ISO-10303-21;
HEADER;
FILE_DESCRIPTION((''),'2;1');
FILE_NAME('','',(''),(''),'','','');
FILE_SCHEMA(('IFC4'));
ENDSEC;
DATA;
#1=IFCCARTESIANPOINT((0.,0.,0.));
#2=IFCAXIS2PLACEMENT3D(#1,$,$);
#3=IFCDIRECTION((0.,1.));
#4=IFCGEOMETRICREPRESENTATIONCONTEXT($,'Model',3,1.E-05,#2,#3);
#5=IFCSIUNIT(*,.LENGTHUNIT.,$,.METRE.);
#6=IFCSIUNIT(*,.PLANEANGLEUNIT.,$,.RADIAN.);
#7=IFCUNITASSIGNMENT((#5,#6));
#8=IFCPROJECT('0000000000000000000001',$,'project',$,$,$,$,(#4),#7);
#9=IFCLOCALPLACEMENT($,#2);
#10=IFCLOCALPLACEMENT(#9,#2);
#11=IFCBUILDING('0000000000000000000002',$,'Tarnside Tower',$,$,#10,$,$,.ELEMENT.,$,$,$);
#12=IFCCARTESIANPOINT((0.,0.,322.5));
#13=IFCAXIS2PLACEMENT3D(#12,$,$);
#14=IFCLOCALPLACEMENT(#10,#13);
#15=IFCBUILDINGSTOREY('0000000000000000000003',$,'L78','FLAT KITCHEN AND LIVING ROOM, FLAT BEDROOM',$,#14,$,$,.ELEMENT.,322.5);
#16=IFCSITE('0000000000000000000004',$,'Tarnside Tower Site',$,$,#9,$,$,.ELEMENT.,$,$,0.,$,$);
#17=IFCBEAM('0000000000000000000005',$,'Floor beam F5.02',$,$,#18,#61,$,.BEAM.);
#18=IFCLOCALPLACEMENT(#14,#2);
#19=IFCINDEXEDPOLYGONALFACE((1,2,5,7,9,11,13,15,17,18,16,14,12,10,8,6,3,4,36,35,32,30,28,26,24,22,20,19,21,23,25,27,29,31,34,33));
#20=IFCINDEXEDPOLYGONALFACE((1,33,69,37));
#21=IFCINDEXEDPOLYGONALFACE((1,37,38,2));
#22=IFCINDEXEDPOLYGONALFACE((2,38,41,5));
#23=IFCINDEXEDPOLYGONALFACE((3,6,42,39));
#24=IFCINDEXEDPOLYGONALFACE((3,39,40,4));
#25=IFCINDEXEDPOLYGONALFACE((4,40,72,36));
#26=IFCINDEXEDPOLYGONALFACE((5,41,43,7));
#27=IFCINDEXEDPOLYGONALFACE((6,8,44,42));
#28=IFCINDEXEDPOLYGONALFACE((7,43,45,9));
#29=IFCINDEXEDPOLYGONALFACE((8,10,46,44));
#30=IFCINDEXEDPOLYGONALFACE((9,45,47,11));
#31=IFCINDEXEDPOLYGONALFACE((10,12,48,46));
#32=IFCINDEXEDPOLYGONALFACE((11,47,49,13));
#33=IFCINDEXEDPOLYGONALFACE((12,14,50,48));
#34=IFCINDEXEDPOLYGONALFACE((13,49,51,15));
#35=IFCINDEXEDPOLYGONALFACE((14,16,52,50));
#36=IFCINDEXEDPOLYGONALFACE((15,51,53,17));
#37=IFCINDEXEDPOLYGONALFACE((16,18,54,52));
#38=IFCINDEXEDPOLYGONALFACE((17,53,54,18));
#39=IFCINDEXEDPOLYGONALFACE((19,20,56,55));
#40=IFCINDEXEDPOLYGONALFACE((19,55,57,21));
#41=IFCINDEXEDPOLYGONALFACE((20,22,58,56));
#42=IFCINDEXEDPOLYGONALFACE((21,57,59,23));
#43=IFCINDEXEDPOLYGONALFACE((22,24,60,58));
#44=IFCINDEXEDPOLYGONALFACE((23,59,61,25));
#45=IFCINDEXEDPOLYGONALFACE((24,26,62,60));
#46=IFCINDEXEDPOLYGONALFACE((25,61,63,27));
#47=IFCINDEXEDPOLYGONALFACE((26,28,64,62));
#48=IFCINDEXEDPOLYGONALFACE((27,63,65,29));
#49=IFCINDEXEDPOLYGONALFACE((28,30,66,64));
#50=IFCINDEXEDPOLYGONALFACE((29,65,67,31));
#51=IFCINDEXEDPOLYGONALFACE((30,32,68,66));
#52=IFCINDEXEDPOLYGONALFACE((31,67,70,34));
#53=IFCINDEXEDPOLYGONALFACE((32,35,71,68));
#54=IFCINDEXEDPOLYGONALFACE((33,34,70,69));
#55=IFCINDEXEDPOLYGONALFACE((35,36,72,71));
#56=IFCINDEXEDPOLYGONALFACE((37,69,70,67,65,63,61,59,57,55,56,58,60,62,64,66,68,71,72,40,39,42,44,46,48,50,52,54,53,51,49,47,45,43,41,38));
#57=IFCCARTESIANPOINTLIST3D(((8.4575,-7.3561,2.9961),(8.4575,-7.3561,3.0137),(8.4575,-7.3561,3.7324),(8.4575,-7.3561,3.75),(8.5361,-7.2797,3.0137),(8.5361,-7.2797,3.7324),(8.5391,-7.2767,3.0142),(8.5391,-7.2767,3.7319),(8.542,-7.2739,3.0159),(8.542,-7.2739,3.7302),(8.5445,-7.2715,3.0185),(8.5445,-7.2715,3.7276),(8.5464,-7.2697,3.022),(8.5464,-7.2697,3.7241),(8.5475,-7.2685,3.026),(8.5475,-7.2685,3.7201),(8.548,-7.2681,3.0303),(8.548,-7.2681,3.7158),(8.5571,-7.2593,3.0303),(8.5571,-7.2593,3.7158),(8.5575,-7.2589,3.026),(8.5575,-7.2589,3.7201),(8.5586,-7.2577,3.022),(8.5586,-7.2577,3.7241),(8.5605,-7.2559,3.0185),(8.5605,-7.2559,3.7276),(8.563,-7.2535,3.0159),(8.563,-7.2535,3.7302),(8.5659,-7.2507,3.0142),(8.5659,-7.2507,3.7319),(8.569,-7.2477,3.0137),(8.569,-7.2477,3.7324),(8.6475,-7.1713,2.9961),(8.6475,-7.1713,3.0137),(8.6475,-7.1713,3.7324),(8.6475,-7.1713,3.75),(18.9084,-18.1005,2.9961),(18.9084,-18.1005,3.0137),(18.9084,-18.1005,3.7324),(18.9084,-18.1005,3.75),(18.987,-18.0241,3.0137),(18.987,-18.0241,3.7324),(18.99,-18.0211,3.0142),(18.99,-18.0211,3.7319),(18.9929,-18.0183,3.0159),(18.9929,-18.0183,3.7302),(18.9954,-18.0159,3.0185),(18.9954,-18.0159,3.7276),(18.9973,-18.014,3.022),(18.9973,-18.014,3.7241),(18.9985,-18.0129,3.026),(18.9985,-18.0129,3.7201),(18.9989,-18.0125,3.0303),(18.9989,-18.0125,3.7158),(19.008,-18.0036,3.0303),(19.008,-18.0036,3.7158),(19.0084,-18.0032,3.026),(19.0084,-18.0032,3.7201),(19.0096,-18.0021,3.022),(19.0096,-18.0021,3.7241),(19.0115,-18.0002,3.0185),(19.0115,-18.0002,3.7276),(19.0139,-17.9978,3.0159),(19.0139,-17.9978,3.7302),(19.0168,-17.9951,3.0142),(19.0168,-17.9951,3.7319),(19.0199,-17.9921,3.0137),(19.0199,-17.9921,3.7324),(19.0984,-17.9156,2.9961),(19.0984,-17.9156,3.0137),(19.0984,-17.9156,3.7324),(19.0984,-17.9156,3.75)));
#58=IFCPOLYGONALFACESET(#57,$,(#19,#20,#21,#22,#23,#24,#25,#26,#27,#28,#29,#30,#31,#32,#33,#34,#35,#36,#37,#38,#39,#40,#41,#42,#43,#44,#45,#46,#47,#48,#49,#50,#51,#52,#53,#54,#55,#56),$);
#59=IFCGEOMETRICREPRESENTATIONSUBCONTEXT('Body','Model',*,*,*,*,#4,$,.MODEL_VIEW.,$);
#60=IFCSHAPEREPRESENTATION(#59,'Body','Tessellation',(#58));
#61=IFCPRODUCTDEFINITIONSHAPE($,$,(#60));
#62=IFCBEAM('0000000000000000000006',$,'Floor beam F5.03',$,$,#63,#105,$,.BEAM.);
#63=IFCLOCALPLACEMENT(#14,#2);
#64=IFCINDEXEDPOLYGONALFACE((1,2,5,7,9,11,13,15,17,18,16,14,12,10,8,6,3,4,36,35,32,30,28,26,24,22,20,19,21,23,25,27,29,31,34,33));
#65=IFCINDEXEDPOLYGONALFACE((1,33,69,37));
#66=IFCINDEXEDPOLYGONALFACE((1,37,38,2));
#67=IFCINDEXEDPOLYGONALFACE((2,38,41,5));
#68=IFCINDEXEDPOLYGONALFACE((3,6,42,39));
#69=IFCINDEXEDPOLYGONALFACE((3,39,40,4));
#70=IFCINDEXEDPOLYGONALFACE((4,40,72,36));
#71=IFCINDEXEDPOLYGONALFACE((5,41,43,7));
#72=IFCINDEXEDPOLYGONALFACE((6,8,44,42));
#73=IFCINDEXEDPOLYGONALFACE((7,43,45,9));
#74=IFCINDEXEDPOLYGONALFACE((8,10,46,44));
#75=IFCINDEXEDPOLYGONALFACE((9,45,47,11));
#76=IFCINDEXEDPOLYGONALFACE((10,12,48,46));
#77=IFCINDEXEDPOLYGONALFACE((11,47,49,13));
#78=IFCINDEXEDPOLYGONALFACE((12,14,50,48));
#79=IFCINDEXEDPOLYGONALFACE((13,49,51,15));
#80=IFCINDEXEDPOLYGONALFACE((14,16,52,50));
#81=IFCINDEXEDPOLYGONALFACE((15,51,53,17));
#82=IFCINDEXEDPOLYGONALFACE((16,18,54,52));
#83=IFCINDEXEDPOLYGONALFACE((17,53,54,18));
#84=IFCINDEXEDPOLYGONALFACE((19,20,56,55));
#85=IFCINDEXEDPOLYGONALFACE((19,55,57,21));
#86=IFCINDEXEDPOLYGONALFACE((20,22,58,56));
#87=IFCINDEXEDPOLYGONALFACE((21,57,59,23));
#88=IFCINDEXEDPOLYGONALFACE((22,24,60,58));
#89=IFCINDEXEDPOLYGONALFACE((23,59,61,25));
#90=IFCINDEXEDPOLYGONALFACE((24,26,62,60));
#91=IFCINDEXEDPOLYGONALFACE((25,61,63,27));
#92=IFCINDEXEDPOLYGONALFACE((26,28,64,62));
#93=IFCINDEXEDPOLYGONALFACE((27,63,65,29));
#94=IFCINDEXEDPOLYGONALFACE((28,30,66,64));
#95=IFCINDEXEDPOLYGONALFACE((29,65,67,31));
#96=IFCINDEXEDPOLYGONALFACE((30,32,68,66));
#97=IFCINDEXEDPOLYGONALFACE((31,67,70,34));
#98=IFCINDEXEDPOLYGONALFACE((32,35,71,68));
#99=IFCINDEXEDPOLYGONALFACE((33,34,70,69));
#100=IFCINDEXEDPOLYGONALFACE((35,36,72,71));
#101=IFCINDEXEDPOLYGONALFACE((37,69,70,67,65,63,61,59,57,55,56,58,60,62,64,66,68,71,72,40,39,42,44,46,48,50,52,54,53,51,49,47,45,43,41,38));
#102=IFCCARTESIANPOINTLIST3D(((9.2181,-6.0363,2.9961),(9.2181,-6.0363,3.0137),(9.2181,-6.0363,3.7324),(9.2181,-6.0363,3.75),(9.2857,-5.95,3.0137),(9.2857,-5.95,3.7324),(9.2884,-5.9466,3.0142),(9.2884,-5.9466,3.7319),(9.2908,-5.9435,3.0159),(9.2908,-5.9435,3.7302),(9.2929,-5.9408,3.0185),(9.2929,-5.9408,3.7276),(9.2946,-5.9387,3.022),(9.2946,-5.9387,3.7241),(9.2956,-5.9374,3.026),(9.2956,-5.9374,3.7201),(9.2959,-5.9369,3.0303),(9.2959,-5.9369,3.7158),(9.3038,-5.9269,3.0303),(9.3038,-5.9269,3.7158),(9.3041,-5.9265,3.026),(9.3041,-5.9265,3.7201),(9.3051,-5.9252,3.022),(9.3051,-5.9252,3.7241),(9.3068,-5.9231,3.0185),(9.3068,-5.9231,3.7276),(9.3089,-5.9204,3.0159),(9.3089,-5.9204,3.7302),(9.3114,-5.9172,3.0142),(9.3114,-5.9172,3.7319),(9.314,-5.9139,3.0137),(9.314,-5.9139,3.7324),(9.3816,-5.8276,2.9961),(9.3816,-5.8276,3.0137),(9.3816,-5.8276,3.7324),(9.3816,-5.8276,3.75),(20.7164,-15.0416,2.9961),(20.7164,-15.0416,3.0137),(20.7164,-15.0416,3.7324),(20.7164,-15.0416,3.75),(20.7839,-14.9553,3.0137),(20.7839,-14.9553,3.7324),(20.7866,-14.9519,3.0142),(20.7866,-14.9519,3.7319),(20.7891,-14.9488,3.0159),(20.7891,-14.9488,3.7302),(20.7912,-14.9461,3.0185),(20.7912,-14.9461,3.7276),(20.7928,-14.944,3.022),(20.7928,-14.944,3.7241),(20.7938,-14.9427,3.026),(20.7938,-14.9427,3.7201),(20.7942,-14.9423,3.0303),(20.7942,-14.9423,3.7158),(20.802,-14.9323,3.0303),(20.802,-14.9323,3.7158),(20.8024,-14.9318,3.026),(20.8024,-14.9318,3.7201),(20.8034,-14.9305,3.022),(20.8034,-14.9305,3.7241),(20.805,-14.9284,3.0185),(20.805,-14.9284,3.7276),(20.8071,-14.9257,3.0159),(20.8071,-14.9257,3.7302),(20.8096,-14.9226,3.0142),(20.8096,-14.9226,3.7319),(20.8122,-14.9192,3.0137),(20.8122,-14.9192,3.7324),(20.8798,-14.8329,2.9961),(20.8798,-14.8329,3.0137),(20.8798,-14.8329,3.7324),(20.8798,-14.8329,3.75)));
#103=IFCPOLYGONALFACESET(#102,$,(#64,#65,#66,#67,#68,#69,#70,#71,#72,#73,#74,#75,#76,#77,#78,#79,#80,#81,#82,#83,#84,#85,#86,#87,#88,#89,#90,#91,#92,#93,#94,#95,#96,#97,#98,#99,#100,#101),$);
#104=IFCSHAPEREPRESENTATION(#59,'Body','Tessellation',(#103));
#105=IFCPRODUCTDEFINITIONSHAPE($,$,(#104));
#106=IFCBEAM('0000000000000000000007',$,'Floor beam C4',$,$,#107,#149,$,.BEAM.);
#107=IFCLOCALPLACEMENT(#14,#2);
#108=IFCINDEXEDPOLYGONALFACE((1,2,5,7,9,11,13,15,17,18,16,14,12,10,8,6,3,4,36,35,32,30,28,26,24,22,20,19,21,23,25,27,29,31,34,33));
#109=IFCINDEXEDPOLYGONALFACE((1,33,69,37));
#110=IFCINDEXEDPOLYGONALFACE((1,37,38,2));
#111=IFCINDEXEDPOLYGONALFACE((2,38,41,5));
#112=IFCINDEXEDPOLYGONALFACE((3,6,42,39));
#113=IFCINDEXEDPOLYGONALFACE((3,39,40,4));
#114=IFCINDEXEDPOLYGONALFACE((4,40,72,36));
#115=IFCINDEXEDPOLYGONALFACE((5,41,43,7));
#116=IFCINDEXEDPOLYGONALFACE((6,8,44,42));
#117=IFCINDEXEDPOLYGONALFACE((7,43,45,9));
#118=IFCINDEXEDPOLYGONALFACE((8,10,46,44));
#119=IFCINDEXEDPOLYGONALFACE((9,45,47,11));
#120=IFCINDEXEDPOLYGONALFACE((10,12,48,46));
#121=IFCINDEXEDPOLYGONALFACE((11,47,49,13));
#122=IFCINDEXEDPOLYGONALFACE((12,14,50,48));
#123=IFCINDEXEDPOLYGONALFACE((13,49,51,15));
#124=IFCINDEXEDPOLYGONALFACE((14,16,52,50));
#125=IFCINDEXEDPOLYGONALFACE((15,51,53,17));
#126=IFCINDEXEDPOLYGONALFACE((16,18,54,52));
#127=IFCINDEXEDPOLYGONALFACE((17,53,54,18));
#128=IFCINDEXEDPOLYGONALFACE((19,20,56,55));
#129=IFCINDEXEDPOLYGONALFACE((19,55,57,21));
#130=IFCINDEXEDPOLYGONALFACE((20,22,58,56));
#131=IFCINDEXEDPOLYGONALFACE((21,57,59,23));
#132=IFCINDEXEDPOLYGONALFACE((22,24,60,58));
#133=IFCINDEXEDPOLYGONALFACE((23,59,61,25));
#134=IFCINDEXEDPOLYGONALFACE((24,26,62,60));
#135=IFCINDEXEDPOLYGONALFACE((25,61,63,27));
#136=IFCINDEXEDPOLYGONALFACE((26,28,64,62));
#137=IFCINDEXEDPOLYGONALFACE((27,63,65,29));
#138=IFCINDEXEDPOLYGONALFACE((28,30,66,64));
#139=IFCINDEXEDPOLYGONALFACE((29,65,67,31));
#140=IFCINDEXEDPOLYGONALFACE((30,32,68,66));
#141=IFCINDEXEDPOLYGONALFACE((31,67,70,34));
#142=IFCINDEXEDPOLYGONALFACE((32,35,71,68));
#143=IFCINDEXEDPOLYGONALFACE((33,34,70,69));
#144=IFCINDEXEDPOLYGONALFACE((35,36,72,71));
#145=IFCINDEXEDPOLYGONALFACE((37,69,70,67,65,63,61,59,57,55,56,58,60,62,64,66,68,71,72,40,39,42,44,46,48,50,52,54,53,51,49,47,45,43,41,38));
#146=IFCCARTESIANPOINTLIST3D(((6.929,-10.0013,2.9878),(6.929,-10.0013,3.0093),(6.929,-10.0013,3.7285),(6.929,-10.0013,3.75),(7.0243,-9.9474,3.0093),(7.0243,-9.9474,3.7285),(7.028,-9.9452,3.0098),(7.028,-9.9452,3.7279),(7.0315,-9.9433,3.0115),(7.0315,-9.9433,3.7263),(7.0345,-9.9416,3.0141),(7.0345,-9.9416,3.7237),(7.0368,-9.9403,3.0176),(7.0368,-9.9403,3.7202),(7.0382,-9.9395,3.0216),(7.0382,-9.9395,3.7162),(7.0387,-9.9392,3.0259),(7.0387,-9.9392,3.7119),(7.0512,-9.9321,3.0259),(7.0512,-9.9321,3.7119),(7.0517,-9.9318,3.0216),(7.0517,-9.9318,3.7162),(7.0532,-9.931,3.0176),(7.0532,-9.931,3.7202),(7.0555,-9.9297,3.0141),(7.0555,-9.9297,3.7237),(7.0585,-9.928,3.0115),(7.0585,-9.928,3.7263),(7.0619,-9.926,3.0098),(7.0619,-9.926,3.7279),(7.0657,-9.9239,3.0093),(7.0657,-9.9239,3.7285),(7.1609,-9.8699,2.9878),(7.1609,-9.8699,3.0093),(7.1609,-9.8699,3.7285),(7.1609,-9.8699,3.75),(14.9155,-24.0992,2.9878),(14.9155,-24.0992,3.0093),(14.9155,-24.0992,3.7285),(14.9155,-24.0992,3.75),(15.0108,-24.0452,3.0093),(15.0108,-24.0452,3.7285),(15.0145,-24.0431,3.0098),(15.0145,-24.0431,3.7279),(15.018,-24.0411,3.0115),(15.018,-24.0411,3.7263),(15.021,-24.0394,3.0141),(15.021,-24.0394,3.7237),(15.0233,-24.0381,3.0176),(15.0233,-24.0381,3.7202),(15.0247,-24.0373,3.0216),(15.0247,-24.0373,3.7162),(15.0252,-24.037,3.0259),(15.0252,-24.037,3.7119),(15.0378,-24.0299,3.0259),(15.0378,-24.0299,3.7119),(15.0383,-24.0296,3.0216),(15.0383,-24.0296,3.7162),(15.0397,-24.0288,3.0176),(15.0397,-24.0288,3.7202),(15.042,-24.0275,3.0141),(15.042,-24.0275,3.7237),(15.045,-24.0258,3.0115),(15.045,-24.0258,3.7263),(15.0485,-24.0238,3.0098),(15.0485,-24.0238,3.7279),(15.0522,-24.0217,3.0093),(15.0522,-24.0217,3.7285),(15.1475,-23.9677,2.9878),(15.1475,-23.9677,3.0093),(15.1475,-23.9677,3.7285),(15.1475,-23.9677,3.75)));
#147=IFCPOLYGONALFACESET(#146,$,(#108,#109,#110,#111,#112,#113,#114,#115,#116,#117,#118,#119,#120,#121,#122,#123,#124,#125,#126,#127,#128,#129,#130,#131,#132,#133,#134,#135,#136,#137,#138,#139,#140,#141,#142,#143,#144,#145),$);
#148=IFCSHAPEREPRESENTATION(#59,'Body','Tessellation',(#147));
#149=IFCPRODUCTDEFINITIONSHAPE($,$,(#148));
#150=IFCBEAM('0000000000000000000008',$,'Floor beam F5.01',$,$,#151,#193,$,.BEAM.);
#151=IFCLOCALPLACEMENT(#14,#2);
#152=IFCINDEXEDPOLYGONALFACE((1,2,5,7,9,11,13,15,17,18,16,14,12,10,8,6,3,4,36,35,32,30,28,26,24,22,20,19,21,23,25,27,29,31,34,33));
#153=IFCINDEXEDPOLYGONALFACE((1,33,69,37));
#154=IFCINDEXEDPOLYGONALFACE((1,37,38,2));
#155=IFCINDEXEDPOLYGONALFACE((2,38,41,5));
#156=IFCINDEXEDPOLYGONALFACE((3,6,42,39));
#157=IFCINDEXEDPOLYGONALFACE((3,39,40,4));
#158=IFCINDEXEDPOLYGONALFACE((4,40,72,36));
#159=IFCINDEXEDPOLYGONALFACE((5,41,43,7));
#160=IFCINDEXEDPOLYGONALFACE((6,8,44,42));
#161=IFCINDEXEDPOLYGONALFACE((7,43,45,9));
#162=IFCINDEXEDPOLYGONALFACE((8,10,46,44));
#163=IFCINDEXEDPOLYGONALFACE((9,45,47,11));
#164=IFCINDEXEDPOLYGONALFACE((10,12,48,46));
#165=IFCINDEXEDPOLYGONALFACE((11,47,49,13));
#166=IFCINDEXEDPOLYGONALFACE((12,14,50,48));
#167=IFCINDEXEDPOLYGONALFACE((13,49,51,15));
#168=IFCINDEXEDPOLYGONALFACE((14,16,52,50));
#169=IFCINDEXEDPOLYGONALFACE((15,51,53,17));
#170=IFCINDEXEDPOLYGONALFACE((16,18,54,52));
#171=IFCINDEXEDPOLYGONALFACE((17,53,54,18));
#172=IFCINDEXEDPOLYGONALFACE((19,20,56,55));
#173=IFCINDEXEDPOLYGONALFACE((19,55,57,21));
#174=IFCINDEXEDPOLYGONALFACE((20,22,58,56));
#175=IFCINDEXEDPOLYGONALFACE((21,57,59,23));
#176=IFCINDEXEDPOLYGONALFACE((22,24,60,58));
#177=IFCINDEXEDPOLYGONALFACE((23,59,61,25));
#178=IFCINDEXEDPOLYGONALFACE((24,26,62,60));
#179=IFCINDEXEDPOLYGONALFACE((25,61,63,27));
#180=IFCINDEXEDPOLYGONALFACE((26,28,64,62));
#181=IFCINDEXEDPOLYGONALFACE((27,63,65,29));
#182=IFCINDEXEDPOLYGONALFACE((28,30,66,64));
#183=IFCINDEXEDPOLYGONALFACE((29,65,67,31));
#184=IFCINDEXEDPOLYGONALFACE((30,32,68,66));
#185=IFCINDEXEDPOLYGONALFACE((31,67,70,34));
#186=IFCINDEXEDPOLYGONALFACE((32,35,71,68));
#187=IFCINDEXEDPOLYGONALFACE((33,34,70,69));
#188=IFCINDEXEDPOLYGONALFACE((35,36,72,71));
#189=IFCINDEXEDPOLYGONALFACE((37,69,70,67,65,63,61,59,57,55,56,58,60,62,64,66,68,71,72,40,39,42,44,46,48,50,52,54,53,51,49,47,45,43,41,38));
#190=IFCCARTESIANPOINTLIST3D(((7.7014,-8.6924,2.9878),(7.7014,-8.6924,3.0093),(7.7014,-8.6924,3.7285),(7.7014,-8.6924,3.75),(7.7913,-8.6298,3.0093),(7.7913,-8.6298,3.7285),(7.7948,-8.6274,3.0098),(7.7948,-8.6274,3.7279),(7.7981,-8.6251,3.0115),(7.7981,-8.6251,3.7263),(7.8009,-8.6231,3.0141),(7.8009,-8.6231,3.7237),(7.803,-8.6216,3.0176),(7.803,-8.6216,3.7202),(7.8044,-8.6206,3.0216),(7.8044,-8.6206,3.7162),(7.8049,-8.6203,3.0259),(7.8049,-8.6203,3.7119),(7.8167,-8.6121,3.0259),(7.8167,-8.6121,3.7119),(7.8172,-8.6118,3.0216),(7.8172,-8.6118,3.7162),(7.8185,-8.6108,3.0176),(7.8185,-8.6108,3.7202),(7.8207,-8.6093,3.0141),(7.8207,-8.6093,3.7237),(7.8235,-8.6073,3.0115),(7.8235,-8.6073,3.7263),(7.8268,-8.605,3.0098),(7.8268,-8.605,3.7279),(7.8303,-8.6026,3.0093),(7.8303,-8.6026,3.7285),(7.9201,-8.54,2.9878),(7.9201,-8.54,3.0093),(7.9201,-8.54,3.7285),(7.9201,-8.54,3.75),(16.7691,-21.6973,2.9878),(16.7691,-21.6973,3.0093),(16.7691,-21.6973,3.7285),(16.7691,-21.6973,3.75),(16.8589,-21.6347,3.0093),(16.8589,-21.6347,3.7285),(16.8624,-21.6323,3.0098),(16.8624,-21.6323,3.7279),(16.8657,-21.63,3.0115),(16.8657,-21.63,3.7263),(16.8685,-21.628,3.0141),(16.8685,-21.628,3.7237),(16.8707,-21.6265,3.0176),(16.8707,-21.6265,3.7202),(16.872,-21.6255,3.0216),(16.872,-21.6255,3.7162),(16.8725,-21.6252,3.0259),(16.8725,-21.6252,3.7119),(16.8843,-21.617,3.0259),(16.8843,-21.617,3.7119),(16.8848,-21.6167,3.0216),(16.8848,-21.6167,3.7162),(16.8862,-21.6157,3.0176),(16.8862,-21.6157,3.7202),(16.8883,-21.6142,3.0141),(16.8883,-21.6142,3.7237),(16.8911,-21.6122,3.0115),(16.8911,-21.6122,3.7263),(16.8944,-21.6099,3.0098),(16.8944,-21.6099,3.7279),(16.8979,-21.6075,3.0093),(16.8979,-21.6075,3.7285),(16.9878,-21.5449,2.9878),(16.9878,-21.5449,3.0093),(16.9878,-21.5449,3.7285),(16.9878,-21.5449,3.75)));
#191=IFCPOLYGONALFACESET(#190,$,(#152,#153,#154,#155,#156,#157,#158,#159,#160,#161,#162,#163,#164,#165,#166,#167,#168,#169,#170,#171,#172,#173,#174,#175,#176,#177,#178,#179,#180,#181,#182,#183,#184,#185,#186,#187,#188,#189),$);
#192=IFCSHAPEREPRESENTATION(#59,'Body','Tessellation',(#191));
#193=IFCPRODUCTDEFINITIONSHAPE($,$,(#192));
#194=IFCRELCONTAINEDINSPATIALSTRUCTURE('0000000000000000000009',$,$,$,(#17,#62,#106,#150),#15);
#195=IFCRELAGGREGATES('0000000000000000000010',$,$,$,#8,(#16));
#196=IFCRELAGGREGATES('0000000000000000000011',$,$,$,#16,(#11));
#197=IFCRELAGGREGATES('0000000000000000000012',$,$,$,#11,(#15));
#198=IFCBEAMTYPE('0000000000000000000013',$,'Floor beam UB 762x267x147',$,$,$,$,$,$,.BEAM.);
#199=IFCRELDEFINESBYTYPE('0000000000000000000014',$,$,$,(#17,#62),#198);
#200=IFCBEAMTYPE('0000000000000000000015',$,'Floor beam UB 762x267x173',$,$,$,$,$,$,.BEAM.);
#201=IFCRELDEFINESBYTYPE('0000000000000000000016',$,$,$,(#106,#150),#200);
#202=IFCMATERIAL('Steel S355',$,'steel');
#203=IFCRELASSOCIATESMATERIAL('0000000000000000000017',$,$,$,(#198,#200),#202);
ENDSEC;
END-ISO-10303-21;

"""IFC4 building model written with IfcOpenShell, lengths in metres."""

from ifc_helpers import new_model, si_unit, direction, frame, origin, origin_2d, place, context, subcontext, project, spatial, i_section, extrude, material, material_profile, profile_set, type_object, element, save


model = new_model("IFC4")

# Units and contexts
model_context = context("Model", 3, precision=1e-05, world=origin(), true_north=direction((0.0, 1.0)))
body_context = subcontext(model_context, "Body", "Model", "MODEL_VIEW")
ifc_project = project(units=[si_unit("LENGTHUNIT", "METRE"), si_unit("PLANEANGLEUNIT", "RADIAN")], contexts=[model_context])

# Site, building, storey
site_placement = place(None, origin())
site = spatial("IfcSite", under=ifc_project, at=site_placement, Name="Tarnside Tower Site", CompositionType="ELEMENT", RefElevation=0.0)
building_placement = place(site_placement, origin())
building = spatial("IfcBuilding", under=site, at=building_placement, Name="Tarnside Tower", CompositionType="ELEMENT")
storey_placement = place(building_placement, frame((0.0, 0.0, 322.5)))
storey = spatial("IfcBuildingStorey", under=building, at=storey_placement, Name="L78", Description="FLAT KITCHEN AND LIVING ROOM, FLAT BEDROOM", CompositionType="ELEMENT", Elevation=322.5)

# Beams
ifc_material_1 = material(Name="Steel S355", Category="steel")
ifc_material_profile_1 = material_profile(ifc_material_1, i_section(OverallWidth=0.2651, OverallDepth=0.7539, WebThickness=0.0127, FlangeThickness=0.0176, FilletRadius=0.0166, at=origin_2d()), Name="UB 762x267x147")
ifc_profile_set_1 = profile_set([ifc_material_profile_1], Name="Steel S355")
beam_type_1 = type_object("IfcBeamType", Name="Floor beam UB 762x267x147", PredefinedType="BEAM", material=ifc_profile_set_1)
beam_1_placement = place(storey_placement, frame((19.0034, -18.0081, 3.373), z_axis=(-0.69725, 0.716828, 0.0), x_axis=(-0.716828, -0.69725, 0.0)))
element("IfcBeam", 1, at=beam_1_placement, inside=storey, type_object=beam_type_1, Name="Floor beam F5.02", PredefinedType="BEAM", context=body_context, shape_type="SweptSolid", body=[
    extrude(i_section(OverallWidth=0.2651, OverallDepth=0.7539, WebThickness=0.0127, FlangeThickness=0.0176, FilletRadius=0.0166, at=origin_2d()), origin(), (0.0, 0.0, 1.0), 14.9888),
])
beam_2_placement = place(storey_placement, frame((20.7981, -14.9373, 3.373), z_axis=(-0.787282, 0.616593, 0.0), x_axis=(-0.616593, -0.787282, 0.0)))
element("IfcBeam", 2, at=beam_2_placement, inside=storey, type_object=beam_type_1, Name="Floor beam F5.03", PredefinedType="BEAM", context=body_context, shape_type="SweptSolid", body=[
    extrude(i_section(OverallWidth=0.2651, OverallDepth=0.7539, WebThickness=0.0127, FlangeThickness=0.0176, FilletRadius=0.0166, at=origin_2d()), origin(), (0.0, 0.0, 1.0), 14.605),
])
ifc_material_profile_2 = material_profile(ifc_material_1, i_section(OverallWidth=0.2666, OverallDepth=0.7622, WebThickness=0.0144, FlangeThickness=0.0215, FilletRadius=0.0166, at=origin_2d()), Name="UB 762x267x173")
ifc_profile_set_2 = profile_set([ifc_material_profile_2], Name="Steel S355")
beam_type_2 = type_object("IfcBeamType", Name="Floor beam UB 762x267x173", PredefinedType="BEAM", material=ifc_profile_set_2)
beam_3_placement = place(storey_placement, frame((15.0315, -24.0334, 3.3689), z_axis=(-0.492908, 0.870081, 0.0), x_axis=(-0.870081, -0.492908, 0.0)))
element("IfcBeam", 3, at=beam_3_placement, inside=storey, type_object=beam_type_2, Name="Floor beam C4", PredefinedType="BEAM", context=body_context, shape_type="SweptSolid", body=[
    extrude(i_section(OverallWidth=0.2666, OverallDepth=0.7622, WebThickness=0.0144, FlangeThickness=0.0215, FilletRadius=0.0166, at=origin_2d()), origin(), (0.0, 0.0, 1.0), 16.2029),
])
beam_4_placement = place(storey_placement, frame((16.8784, -21.6211, 3.3689), z_axis=(-0.571946, 0.820291, 0.0), x_axis=(-0.820291, -0.571946, 0.0)))
element("IfcBeam", 4, at=beam_4_placement, inside=storey, type_object=beam_type_2, Name="Floor beam F5.01", PredefinedType="BEAM", context=body_context, shape_type="SweptSolid", body=[
    extrude(i_section(OverallWidth=0.2666, OverallDepth=0.7622, WebThickness=0.0144, FlangeThickness=0.0215, FilletRadius=0.0166, at=origin_2d()), origin(), (0.0, 0.0, 1.0), 15.854),
])

save(model, "model.ifc")
